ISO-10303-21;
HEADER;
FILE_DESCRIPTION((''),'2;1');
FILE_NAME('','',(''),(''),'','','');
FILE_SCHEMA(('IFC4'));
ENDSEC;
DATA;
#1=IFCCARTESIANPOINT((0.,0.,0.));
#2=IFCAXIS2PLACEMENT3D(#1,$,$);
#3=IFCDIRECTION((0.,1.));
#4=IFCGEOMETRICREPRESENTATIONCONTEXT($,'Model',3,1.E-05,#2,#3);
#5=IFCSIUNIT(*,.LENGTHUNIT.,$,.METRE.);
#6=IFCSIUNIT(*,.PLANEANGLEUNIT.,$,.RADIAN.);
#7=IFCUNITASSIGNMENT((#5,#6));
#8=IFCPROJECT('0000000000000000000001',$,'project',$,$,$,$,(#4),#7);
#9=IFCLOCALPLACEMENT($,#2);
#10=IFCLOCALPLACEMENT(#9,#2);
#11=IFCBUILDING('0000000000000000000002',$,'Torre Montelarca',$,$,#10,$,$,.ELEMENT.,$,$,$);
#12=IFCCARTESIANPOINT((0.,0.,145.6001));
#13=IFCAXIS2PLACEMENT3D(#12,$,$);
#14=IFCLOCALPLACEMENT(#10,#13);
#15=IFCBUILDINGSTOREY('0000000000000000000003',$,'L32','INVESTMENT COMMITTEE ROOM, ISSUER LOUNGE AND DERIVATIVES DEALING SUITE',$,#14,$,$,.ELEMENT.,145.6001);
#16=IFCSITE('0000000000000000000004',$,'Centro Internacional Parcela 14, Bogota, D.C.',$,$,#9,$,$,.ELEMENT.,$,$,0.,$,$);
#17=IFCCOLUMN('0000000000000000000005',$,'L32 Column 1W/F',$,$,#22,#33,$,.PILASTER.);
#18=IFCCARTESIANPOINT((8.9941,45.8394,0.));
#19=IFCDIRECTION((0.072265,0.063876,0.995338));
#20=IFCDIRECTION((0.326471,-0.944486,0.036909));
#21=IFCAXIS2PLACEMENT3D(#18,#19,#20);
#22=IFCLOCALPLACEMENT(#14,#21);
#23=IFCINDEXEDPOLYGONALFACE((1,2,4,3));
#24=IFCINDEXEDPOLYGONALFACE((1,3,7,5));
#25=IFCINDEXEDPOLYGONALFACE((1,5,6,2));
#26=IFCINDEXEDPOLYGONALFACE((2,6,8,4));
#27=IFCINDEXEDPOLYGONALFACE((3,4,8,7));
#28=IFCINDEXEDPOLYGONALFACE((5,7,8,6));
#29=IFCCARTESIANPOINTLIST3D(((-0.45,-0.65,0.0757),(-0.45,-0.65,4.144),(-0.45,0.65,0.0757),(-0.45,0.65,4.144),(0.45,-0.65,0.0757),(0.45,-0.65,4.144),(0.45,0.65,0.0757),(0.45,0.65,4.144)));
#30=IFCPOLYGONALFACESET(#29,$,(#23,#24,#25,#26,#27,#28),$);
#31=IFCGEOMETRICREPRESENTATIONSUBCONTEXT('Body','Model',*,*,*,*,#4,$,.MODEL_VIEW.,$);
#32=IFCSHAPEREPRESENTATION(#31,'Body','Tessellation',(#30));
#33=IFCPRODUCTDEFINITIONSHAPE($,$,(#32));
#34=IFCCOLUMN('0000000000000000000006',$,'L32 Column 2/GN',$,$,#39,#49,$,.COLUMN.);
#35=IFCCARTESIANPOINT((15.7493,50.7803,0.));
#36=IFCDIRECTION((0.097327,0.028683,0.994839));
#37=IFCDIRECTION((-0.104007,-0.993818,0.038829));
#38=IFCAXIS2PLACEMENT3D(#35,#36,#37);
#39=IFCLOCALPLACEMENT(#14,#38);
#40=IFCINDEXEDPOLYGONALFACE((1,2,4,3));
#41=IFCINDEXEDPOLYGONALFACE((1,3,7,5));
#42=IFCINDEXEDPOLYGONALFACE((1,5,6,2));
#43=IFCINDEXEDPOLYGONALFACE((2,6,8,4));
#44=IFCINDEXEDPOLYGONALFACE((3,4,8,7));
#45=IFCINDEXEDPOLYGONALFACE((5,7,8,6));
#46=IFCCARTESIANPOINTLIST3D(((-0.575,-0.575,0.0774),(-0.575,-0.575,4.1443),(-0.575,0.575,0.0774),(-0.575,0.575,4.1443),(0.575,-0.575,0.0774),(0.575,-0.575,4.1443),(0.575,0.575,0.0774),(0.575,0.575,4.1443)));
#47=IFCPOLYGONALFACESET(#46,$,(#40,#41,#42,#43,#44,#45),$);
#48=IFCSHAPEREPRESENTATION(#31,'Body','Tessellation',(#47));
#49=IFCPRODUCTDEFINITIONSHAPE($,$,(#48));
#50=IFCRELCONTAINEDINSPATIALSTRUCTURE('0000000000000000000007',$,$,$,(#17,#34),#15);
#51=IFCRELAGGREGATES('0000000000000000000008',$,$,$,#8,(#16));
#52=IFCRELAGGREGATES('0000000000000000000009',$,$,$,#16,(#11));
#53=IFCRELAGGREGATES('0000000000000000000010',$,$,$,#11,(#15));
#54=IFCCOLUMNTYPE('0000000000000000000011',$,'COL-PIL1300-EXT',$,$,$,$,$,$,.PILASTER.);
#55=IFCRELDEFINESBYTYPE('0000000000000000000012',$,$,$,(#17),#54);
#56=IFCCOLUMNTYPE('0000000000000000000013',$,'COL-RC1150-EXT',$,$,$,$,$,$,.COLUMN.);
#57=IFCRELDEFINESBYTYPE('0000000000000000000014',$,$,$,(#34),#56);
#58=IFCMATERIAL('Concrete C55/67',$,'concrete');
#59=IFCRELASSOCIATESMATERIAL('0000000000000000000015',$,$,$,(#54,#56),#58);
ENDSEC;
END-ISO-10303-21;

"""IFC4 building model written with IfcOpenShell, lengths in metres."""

from ifc_helpers import new_model, si_unit, direction, frame, origin, origin_2d, place, context, subcontext, project, spatial, rectangle, extrude, clip, halfspace, material, material_profile, profile_set, type_object, element, save


model = new_model("IFC4")

# Units and contexts
model_context = context("Model", 3, precision=1e-05, world=origin(), true_north=direction((0.0, 1.0)))
body_context = subcontext(model_context, "Body", "Model", "MODEL_VIEW")
ifc_project = project(units=[si_unit("LENGTHUNIT", "METRE"), si_unit("PLANEANGLEUNIT", "RADIAN")], contexts=[model_context])

# Site, building, storey
site_placement = place(None, origin())
site = spatial("IfcSite", under=ifc_project, at=site_placement, Name="Centro Internacional Parcela 14, Bogota, D.C.", CompositionType="ELEMENT", RefElevation=0.0)
building_placement = place(site_placement, origin())
building = spatial("IfcBuilding", under=site, at=building_placement, Name="Torre Montelarca", CompositionType="ELEMENT")
storey_placement = place(building_placement, frame((0.0, 0.0, 145.6001)))
storey = spatial("IfcBuildingStorey", under=building, at=storey_placement, Name="L32", Description="INVESTMENT COMMITTEE ROOM, ISSUER LOUNGE AND DERIVATIVES DEALING SUITE", CompositionType="ELEMENT", Elevation=145.6001)

# Columns
ifc_material_1 = material(Name="Concrete C55/67", Category="concrete")
ifc_material_profile_1 = material_profile(ifc_material_1, rectangle(XDim=0.8999, YDim=1.3, at=origin_2d()), Name="RC1300X900", Category="concrete")
ifc_profile_set_1 = profile_set([ifc_material_profile_1], Name="Concrete C55/67")
column_type_1 = type_object("IfcColumnType", Name="COL-PIL1300-EXT", PredefinedType="PILASTER", material=ifc_profile_set_1)
column_1_placement = place(storey_placement, frame((8.9941, 45.8394, 0.0), z_axis=(0.072265, 0.063876, 0.995338), x_axis=(0.326471, -0.944486, 0.036909)))
element("IfcColumn", 1, at=column_1_placement, inside=storey, type_object=column_type_1, Name="L32 Column 1W/F", PredefinedType="PILASTER", context=body_context, shape_type="Clipping", body=[
    clip(clip(extrude(rectangle(XDim=0.8999, YDim=1.3, at=origin_2d()), origin(), (0.0, 0.0, 1.0), 4.2197), halfspace(frame((0.0, 0.0, 0.0757), z_axis=(0.0, 0.0, -1.0), x_axis=(1.0, 0.0, 0.0)), False)), halfspace(frame((0.0, 0.0, 4.144), z_axis=(0.0, 0.0, 1.0), x_axis=(1.0, 0.0, 0.0)), False)),
])
ifc_material_profile_2 = material_profile(ifc_material_1, rectangle(XDim=1.1499, YDim=1.1499, at=origin_2d()), Name="RC1150X1150", Category="concrete")
ifc_profile_set_2 = profile_set([ifc_material_profile_2], Name="Concrete C55/67")
column_type_2 = type_object("IfcColumnType", Name="COL-RC1150-EXT", PredefinedType="COLUMN", material=ifc_profile_set_2)
column_2_placement = place(storey_placement, frame((15.7493, 50.7803, 0.0), z_axis=(0.097327, 0.028683, 0.994839), x_axis=(-0.104007, -0.993818, 0.038829)))
element("IfcColumn", 2, at=column_2_placement, inside=storey, type_object=column_type_2, Name="L32 Column 2/GN", PredefinedType="COLUMN", context=body_context, shape_type="Clipping", body=[
    clip(clip(extrude(rectangle(XDim=1.1499, YDim=1.1499, at=origin_2d()), origin(), (0.0, 0.0, 1.0), 4.2217), halfspace(frame((0.0, 0.0, 0.0774), z_axis=(0.0, 0.0, -1.0), x_axis=(1.0, 0.0, 0.0)), False)), halfspace(frame((0.0, 0.0, 4.1443), z_axis=(0.0, 0.0, 1.0), x_axis=(1.0, 0.0, 0.0)), False)),
])

save(model, "model.ifc")
